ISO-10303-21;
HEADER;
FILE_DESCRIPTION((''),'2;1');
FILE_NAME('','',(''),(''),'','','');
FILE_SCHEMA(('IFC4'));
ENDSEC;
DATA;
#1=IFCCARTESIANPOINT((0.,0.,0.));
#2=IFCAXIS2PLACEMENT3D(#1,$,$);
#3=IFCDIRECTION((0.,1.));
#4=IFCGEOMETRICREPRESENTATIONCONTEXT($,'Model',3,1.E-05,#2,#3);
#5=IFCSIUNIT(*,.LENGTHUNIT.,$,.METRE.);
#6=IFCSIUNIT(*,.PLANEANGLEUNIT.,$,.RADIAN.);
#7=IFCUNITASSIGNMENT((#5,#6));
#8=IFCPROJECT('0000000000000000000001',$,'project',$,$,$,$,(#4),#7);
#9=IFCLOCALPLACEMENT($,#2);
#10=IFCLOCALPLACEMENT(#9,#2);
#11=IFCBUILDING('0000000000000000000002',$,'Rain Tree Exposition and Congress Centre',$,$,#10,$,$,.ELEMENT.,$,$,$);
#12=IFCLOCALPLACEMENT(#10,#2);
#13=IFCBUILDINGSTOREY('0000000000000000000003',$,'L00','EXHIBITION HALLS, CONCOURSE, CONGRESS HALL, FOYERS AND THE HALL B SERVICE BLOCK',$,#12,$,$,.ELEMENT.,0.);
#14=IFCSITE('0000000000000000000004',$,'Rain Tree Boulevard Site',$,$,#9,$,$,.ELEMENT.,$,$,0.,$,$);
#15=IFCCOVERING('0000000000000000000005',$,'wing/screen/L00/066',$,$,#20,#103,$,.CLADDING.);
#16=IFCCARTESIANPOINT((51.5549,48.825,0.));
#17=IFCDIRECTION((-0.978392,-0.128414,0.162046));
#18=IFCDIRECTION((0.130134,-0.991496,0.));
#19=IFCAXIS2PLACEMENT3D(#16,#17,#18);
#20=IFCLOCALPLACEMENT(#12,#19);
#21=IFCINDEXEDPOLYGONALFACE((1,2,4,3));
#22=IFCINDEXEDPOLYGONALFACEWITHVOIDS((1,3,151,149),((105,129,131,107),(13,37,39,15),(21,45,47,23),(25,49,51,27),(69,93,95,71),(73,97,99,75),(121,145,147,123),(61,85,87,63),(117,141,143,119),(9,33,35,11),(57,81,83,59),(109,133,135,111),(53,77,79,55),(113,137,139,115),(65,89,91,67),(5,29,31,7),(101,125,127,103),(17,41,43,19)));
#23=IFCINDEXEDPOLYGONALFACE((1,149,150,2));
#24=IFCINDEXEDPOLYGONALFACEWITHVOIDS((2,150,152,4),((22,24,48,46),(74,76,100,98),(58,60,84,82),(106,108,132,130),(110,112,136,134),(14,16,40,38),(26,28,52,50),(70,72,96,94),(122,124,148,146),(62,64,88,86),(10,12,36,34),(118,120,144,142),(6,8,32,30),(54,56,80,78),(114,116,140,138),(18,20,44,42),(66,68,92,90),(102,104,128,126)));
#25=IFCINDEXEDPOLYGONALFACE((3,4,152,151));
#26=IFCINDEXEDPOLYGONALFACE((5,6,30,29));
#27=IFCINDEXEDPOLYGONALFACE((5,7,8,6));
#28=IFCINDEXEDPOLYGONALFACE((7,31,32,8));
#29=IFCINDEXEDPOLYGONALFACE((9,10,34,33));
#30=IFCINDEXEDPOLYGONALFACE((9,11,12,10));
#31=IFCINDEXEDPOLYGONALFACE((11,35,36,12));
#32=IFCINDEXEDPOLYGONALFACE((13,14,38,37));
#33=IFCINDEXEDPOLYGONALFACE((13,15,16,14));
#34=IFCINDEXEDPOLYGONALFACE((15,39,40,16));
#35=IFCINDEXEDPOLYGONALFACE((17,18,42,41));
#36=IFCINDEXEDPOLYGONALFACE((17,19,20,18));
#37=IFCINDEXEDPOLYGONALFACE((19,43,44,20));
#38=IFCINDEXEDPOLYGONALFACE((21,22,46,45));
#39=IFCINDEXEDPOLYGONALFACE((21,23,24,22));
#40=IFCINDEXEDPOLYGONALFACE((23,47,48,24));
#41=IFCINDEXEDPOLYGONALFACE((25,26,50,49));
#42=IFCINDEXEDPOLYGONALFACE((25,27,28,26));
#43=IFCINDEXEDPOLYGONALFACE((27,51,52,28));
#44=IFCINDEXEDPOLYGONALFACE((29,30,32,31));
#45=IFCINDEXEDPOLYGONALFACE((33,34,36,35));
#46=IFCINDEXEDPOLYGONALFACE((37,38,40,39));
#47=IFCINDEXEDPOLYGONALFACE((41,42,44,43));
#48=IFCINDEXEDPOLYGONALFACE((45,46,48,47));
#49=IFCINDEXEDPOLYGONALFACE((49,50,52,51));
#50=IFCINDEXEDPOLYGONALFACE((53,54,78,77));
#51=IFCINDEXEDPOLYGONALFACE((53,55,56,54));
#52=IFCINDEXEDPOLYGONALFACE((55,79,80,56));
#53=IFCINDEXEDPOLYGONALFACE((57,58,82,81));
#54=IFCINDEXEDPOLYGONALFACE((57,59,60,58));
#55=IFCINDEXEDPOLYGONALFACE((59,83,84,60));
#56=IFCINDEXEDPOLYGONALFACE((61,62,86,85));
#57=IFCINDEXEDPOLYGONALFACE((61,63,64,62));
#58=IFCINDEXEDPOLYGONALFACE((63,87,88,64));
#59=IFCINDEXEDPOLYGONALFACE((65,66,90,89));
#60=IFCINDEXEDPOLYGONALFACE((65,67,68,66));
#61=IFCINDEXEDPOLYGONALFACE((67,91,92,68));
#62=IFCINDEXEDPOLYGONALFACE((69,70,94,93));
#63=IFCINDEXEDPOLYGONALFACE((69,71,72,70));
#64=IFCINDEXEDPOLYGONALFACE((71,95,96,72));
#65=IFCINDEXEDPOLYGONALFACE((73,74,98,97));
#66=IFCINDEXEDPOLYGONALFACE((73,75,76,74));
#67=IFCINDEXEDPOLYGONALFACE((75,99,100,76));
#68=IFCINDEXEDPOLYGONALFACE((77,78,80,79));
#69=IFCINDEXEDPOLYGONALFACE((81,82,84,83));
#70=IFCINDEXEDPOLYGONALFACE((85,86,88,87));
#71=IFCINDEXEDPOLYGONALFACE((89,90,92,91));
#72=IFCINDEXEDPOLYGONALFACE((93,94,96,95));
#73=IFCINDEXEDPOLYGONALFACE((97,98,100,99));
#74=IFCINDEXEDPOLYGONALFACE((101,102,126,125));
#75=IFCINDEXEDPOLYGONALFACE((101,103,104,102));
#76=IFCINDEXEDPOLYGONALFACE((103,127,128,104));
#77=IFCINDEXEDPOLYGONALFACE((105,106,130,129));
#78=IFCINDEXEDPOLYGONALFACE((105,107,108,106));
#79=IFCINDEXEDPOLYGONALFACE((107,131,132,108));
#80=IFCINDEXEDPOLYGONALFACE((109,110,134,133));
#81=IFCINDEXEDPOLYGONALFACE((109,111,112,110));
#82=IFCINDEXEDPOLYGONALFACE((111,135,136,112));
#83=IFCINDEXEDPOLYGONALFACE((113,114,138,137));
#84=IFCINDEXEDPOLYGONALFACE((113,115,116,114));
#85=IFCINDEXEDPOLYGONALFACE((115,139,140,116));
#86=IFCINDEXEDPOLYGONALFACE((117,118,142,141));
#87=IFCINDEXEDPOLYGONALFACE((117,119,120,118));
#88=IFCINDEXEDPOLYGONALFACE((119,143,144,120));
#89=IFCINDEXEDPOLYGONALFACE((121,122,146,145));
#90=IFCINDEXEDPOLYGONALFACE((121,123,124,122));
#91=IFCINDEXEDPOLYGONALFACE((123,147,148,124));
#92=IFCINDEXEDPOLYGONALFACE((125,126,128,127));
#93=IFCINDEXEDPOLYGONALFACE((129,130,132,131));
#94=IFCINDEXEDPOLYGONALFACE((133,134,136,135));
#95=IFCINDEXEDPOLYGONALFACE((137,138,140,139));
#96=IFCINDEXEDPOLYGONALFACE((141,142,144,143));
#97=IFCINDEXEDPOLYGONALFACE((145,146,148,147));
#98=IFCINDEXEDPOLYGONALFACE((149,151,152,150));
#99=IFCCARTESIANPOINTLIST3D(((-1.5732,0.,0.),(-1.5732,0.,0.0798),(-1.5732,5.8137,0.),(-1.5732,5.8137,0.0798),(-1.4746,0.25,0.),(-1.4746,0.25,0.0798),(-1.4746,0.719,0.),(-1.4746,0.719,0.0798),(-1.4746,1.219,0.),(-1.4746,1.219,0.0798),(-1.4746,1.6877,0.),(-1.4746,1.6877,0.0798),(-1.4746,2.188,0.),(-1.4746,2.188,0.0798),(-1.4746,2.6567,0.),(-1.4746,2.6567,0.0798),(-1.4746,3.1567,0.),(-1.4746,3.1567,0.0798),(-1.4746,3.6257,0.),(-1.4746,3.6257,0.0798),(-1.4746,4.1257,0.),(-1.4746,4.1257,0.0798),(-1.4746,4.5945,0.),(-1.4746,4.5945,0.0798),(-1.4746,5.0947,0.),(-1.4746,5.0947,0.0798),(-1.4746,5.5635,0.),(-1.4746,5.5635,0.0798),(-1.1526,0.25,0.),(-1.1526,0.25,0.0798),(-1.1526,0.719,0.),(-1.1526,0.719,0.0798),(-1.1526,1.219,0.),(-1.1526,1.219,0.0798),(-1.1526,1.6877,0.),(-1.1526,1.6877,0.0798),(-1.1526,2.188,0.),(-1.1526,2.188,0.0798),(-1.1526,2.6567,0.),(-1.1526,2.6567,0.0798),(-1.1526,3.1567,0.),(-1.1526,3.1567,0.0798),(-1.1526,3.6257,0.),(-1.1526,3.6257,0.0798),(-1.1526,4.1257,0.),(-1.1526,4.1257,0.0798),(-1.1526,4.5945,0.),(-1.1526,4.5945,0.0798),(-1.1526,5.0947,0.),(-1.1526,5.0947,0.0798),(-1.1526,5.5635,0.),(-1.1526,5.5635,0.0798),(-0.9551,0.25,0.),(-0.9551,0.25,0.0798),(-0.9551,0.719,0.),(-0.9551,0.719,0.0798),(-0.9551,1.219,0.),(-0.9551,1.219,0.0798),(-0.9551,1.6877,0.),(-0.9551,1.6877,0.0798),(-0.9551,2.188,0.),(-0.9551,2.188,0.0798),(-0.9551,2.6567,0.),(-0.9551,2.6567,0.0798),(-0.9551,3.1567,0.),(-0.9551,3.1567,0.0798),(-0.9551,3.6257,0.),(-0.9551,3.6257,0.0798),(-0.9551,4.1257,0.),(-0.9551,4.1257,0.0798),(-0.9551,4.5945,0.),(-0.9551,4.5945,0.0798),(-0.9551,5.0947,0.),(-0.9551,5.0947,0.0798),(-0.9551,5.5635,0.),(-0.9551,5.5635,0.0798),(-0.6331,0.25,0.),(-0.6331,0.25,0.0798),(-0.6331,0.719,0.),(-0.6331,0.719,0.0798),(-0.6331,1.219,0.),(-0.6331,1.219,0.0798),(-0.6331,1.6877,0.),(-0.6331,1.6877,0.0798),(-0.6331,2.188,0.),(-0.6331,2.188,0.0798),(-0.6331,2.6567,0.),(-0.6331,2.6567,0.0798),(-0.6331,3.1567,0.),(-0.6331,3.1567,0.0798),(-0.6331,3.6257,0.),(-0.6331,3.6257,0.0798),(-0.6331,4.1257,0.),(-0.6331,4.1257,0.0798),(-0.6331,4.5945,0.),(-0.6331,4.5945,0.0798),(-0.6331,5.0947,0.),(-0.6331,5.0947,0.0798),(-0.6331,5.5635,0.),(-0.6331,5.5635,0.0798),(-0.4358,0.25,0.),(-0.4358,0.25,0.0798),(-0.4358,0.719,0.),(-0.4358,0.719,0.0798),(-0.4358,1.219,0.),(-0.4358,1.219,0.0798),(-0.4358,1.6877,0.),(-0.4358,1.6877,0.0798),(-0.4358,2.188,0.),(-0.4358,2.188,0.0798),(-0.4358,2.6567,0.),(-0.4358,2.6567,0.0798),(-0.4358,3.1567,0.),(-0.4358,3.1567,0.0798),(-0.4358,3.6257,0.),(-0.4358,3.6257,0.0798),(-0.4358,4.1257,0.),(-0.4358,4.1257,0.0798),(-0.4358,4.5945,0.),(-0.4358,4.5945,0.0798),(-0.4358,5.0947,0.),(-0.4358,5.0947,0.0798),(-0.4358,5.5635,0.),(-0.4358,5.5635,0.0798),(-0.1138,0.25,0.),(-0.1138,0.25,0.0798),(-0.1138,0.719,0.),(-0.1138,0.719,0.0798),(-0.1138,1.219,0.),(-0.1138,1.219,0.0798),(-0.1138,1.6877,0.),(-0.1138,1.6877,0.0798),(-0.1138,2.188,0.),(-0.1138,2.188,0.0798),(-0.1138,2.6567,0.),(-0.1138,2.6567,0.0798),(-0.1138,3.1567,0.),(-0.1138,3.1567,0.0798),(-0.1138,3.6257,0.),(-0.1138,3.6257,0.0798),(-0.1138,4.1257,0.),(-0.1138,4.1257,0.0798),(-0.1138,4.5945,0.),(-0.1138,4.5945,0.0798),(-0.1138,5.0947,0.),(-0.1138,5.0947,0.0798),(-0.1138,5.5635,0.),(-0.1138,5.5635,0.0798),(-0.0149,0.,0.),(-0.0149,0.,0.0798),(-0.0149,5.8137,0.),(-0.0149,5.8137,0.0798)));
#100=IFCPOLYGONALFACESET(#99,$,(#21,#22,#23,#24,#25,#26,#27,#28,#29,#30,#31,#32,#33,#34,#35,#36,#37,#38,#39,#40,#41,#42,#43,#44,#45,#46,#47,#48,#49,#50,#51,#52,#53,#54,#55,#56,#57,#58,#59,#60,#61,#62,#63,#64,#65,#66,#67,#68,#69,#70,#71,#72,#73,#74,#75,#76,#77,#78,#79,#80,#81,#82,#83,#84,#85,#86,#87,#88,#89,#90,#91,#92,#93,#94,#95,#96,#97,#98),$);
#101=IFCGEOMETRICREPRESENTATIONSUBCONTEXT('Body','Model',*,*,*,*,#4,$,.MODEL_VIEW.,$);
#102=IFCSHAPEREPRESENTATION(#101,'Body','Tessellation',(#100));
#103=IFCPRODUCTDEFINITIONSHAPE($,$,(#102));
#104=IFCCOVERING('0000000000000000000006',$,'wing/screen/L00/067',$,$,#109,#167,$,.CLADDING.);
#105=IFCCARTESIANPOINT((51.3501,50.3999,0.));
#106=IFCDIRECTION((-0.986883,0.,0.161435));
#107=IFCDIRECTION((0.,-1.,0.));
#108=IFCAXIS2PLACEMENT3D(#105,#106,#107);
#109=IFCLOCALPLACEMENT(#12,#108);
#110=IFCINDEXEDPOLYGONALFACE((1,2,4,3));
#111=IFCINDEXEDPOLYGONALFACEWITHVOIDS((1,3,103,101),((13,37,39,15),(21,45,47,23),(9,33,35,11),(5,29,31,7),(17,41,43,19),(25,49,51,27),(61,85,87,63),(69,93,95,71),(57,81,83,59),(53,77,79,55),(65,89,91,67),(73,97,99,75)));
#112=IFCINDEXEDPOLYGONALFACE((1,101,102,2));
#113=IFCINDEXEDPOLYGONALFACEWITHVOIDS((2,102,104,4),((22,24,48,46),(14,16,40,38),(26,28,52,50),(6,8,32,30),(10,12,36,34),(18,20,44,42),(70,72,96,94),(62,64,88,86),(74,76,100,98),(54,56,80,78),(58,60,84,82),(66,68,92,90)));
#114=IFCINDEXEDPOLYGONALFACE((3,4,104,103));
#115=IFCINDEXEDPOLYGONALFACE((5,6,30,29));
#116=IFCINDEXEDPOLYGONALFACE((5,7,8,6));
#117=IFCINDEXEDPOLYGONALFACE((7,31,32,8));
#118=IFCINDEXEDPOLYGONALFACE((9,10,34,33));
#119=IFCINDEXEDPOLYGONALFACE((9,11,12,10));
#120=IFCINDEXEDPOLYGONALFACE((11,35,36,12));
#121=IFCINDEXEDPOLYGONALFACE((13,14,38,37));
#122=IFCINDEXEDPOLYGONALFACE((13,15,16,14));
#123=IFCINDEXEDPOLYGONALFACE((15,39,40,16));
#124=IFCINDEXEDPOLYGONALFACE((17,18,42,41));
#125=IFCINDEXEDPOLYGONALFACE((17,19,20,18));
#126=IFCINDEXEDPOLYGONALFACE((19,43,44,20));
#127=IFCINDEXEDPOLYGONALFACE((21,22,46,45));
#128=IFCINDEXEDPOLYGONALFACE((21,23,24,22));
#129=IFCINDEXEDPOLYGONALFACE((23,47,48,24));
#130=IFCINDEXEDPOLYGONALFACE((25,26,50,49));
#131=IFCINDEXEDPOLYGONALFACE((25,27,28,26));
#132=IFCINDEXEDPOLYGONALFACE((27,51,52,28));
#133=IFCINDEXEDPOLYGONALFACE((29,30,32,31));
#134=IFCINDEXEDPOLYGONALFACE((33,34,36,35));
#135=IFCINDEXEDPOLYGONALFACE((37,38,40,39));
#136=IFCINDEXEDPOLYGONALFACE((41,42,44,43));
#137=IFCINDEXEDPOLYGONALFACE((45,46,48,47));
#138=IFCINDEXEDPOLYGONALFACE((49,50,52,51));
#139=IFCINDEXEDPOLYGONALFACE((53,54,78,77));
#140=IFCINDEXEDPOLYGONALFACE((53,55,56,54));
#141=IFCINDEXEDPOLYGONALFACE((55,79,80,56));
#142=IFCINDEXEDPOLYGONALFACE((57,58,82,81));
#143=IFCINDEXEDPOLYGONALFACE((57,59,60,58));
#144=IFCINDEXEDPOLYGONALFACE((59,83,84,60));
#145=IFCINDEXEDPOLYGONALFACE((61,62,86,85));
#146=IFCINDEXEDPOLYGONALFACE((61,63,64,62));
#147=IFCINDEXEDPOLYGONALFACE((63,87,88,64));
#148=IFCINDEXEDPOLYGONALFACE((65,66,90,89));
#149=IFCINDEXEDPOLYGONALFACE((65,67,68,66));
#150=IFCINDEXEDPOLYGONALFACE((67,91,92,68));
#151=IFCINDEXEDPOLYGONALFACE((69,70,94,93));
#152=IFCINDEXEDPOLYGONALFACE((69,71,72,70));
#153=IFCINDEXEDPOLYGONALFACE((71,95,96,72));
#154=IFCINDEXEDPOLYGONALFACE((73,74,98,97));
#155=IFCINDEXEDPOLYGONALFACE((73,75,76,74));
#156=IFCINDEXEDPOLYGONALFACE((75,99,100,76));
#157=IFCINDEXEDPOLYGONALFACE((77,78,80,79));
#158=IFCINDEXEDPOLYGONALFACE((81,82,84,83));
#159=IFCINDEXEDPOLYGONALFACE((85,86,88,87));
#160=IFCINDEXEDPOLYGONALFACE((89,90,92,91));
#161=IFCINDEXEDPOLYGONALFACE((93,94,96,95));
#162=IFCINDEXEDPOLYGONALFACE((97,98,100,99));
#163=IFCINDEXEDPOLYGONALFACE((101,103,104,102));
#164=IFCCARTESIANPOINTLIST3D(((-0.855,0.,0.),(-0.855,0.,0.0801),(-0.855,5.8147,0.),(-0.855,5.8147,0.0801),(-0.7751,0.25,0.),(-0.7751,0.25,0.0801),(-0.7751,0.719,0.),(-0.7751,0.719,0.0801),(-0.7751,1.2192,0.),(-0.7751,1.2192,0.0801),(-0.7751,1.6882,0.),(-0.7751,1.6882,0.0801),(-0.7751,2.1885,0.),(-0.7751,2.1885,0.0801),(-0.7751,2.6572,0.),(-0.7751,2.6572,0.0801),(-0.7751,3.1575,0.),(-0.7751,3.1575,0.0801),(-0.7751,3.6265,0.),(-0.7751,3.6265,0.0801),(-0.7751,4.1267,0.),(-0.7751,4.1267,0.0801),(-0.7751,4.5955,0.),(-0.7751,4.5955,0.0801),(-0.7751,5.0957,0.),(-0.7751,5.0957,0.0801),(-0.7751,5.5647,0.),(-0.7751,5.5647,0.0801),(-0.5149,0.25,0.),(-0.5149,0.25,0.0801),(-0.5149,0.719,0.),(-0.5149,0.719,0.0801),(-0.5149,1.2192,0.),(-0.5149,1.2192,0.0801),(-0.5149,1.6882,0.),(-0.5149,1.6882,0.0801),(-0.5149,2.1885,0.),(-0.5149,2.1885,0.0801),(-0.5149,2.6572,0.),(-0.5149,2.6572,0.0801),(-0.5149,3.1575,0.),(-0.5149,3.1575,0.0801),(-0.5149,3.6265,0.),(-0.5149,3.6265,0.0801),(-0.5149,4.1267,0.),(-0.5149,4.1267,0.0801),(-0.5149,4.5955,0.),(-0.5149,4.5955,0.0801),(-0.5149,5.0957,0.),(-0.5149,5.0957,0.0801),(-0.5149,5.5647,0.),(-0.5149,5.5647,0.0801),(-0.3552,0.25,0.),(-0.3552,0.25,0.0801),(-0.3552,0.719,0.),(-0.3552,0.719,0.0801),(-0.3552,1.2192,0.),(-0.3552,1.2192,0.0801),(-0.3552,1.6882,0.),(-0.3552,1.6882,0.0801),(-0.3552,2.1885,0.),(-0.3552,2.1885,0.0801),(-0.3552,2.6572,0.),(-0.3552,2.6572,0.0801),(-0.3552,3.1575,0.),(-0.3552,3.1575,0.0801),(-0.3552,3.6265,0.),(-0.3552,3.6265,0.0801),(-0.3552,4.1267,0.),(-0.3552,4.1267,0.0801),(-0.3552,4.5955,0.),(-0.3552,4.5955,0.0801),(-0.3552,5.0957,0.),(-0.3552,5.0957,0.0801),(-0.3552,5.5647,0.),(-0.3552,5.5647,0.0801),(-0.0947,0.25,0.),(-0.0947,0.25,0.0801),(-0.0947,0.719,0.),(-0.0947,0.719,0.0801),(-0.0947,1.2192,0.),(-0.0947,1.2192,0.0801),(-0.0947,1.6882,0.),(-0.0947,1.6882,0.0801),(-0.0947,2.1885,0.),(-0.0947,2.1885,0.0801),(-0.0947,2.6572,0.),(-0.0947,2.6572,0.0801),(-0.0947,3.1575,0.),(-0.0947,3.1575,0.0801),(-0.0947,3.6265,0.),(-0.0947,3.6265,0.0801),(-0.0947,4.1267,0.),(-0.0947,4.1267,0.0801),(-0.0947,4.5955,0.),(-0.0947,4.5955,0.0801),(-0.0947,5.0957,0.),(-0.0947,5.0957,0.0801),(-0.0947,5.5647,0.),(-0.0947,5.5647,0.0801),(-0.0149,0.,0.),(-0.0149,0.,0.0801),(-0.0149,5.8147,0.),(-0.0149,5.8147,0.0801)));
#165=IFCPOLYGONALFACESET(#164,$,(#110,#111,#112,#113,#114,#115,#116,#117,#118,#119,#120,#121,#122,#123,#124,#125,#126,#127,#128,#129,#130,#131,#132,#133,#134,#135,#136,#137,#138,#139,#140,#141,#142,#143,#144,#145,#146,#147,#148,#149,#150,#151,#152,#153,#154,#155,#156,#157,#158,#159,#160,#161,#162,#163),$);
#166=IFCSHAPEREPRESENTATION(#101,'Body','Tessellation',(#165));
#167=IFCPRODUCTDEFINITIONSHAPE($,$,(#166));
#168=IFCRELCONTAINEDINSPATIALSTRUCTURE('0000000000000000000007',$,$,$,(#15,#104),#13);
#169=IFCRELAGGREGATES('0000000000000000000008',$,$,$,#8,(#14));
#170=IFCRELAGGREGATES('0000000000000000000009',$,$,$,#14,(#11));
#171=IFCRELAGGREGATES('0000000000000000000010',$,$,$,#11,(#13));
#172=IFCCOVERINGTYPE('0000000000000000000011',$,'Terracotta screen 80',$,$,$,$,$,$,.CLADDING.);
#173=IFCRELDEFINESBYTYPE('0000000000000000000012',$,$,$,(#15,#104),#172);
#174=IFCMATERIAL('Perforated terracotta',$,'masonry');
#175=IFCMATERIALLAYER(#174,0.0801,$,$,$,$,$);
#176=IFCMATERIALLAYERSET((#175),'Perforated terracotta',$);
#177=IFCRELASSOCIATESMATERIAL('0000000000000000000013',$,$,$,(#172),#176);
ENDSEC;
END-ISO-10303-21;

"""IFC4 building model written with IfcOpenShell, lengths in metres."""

from ifc_helpers import new_model, si_unit, direction, frame, origin, place, context, subcontext, project, spatial, polyline, outline, extrude, material, layer, layer_set, type_object, element, save


model = new_model("IFC4")

# Units and contexts
model_context = context("Model", 3, precision=1e-05, world=origin(), true_north=direction((0.0, 1.0)))
body_context = subcontext(model_context, "Body", "Model", "MODEL_VIEW")
ifc_project = project(units=[si_unit("LENGTHUNIT", "METRE"), si_unit("PLANEANGLEUNIT", "RADIAN")], contexts=[model_context])

# Site, building, storey
site_placement = place(None, origin())
site = spatial("IfcSite", under=ifc_project, at=site_placement, Name="Rain Tree Boulevard Site", CompositionType="ELEMENT", RefElevation=0.0)
building_placement = place(site_placement, origin())
building = spatial("IfcBuilding", under=site, at=building_placement, Name="Rain Tree Exposition and Congress Centre", CompositionType="ELEMENT")
storey_placement = place(building_placement, origin())
storey = spatial("IfcBuildingStorey", under=building, at=storey_placement, Name="L00", Description="EXHIBITION HALLS, CONCOURSE, CONGRESS HALL, FOYERS AND THE HALL B SERVICE BLOCK", CompositionType="ELEMENT", Elevation=0.0)

# Coverings
ifc_material_1 = material(Name="Perforated terracotta", Category="masonry")
ifc_layer_1 = layer(ifc_material_1, 0.0801)
ifc_layer_set_1 = layer_set([ifc_layer_1], Name="Perforated terracotta")
covering_type = type_object("IfcCoveringType", Name="Terracotta screen 80", PredefinedType="CLADDING", material=ifc_layer_set_1)
covering_1_placement = place(storey_placement, frame((51.5549, 48.825, 0.0), z_axis=(-0.978392, -0.128414, 0.162046), x_axis=(0.130134, -0.991496, 0.0)))
element("IfcCovering", 1, at=covering_1_placement, inside=storey, type_object=covering_type, Name="wing/screen/L00/066", PredefinedType="CLADDING", context=body_context, shape_type="SweptSolid", body=[
    extrude(outline(polyline([(-0.0149, 5.8137), (-0.0149, 0.0), (-1.5732, 0.0), (-1.5732, 5.8137), (-0.0149, 5.8137)]), holes=[polyline([(-0.1138, 0.25), (-0.1138, 0.719), (-0.4358, 0.719), (-0.4358, 0.25), (-0.1138, 0.25)]), polyline([(-0.1138, 1.219), (-0.1138, 1.6877), (-0.4358, 1.6877), (-0.4358, 1.219), (-0.1138, 1.219)]), polyline([(-0.1138, 2.188), (-0.1138, 2.6567), (-0.4358, 2.6567), (-0.4358, 2.188), (-0.1138, 2.188)]), polyline([(-0.1138, 3.1567), (-0.1138, 3.6257), (-0.4358, 3.6257), (-0.4358, 3.1567), (-0.1138, 3.1567)]), polyline([(-0.1138, 4.1257), (-0.1138, 4.5945), (-0.4358, 4.5945), (-0.4358, 4.1257), (-0.1138, 4.1257)]), polyline([(-0.1138, 5.0947), (-0.1138, 5.5635), (-0.4358, 5.5635), (-0.4358, 5.0947), (-0.1138, 5.0947)]), polyline([(-0.6331, 0.25), (-0.6331, 0.719), (-0.9551, 0.719), (-0.9551, 0.25), (-0.6331, 0.25)]), polyline([(-0.6331, 1.219), (-0.6331, 1.6877), (-0.9551, 1.6877), (-0.9551, 1.219), (-0.6331, 1.219)]), polyline([(-0.6331, 2.188), (-0.6331, 2.6567), (-0.9551, 2.6567), (-0.9551, 2.188), (-0.6331, 2.188)]), polyline([(-0.6331, 3.1567), (-0.6331, 3.6257), (-0.9551, 3.6257), (-0.9551, 3.1567), (-0.6331, 3.1567)]), polyline([(-0.6331, 4.1257), (-0.6331, 4.5945), (-0.9551, 4.5945), (-0.9551, 4.1257), (-0.6331, 4.1257)]), polyline([(-0.6331, 5.0947), (-0.6331, 5.5635), (-0.9551, 5.5635), (-0.9551, 5.0947), (-0.6331, 5.0947)]), polyline([(-1.1526, 0.25), (-1.1526, 0.719), (-1.4746, 0.719), (-1.4746, 0.25), (-1.1526, 0.25)]), polyline([(-1.1526, 1.219), (-1.1526, 1.6877), (-1.4746, 1.6877), (-1.4746, 1.219), (-1.1526, 1.219)]), polyline([(-1.1526, 2.188), (-1.1526, 2.6567), (-1.4746, 2.6567), (-1.4746, 2.188), (-1.1526, 2.188)]), polyline([(-1.1526, 3.1567), (-1.1526, 3.6257), (-1.4746, 3.6257), (-1.4746, 3.1567), (-1.1526, 3.1567)]), polyline([(-1.1526, 4.1257), (-1.1526, 4.5945), (-1.4746, 4.5945), (-1.4746, 4.1257), (-1.1526, 4.1257)]), polyline([(-1.1526, 5.0947), (-1.1526, 5.5635), (-1.4746, 5.5635), (-1.4746, 5.0947), (-1.1526, 5.0947)])]), origin(), (0.0, 0.0, 1.0), 0.0798),
])
covering_2_placement = place(storey_placement, frame((51.3501, 50.3999, 0.0), z_axis=(-0.986883, 0.0, 0.161435), x_axis=(0.0, -1.0, 0.0)))
element("IfcCovering", 2, at=covering_2_placement, inside=storey, type_object=covering_type, Name="wing/screen/L00/067", PredefinedType="CLADDING", context=body_context, shape_type="SweptSolid", body=[
    extrude(outline(polyline([(-0.0149, 5.8147), (-0.0149, 0.0), (-0.855, 0.0), (-0.855, 5.8147), (-0.0149, 5.8147)]), holes=[polyline([(-0.0947, 0.25), (-0.0947, 0.719), (-0.3552, 0.719), (-0.3552, 0.25), (-0.0947, 0.25)]), polyline([(-0.0947, 1.2192), (-0.0947, 1.6882), (-0.3552, 1.6882), (-0.3552, 1.2192), (-0.0947, 1.2192)]), polyline([(-0.0947, 2.1885), (-0.0947, 2.6572), (-0.3552, 2.6572), (-0.3552, 2.1885), (-0.0947, 2.1885)]), polyline([(-0.0947, 3.1575), (-0.0947, 3.6265), (-0.3552, 3.6265), (-0.3552, 3.1575), (-0.0947, 3.1575)]), polyline([(-0.0947, 4.1267), (-0.0947, 4.5955), (-0.3552, 4.5955), (-0.3552, 4.1267), (-0.0947, 4.1267)]), polyline([(-0.0947, 5.0957), (-0.0947, 5.5647), (-0.3552, 5.5647), (-0.3552, 5.0957), (-0.0947, 5.0957)]), polyline([(-0.5149, 0.25), (-0.5149, 0.719), (-0.7751, 0.719), (-0.7751, 0.25), (-0.5149, 0.25)]), polyline([(-0.5149, 1.2192), (-0.5149, 1.6882), (-0.7751, 1.6882), (-0.7751, 1.2192), (-0.5149, 1.2192)]), polyline([(-0.5149, 2.1885), (-0.5149, 2.6572), (-0.7751, 2.6572), (-0.7751, 2.1885), (-0.5149, 2.1885)]), polyline([(-0.5149, 3.1575), (-0.5149, 3.6265), (-0.7751, 3.6265), (-0.7751, 3.1575), (-0.5149, 3.1575)]), polyline([(-0.5149, 4.1267), (-0.5149, 4.5955), (-0.7751, 4.5955), (-0.7751, 4.1267), (-0.5149, 4.1267)]), polyline([(-0.5149, 5.0957), (-0.5149, 5.5647), (-0.7751, 5.5647), (-0.7751, 5.0957), (-0.5149, 5.0957)])]), origin(), (0.0, 0.0, 1.0), 0.0801),
])

save(model, "model.ifc")
